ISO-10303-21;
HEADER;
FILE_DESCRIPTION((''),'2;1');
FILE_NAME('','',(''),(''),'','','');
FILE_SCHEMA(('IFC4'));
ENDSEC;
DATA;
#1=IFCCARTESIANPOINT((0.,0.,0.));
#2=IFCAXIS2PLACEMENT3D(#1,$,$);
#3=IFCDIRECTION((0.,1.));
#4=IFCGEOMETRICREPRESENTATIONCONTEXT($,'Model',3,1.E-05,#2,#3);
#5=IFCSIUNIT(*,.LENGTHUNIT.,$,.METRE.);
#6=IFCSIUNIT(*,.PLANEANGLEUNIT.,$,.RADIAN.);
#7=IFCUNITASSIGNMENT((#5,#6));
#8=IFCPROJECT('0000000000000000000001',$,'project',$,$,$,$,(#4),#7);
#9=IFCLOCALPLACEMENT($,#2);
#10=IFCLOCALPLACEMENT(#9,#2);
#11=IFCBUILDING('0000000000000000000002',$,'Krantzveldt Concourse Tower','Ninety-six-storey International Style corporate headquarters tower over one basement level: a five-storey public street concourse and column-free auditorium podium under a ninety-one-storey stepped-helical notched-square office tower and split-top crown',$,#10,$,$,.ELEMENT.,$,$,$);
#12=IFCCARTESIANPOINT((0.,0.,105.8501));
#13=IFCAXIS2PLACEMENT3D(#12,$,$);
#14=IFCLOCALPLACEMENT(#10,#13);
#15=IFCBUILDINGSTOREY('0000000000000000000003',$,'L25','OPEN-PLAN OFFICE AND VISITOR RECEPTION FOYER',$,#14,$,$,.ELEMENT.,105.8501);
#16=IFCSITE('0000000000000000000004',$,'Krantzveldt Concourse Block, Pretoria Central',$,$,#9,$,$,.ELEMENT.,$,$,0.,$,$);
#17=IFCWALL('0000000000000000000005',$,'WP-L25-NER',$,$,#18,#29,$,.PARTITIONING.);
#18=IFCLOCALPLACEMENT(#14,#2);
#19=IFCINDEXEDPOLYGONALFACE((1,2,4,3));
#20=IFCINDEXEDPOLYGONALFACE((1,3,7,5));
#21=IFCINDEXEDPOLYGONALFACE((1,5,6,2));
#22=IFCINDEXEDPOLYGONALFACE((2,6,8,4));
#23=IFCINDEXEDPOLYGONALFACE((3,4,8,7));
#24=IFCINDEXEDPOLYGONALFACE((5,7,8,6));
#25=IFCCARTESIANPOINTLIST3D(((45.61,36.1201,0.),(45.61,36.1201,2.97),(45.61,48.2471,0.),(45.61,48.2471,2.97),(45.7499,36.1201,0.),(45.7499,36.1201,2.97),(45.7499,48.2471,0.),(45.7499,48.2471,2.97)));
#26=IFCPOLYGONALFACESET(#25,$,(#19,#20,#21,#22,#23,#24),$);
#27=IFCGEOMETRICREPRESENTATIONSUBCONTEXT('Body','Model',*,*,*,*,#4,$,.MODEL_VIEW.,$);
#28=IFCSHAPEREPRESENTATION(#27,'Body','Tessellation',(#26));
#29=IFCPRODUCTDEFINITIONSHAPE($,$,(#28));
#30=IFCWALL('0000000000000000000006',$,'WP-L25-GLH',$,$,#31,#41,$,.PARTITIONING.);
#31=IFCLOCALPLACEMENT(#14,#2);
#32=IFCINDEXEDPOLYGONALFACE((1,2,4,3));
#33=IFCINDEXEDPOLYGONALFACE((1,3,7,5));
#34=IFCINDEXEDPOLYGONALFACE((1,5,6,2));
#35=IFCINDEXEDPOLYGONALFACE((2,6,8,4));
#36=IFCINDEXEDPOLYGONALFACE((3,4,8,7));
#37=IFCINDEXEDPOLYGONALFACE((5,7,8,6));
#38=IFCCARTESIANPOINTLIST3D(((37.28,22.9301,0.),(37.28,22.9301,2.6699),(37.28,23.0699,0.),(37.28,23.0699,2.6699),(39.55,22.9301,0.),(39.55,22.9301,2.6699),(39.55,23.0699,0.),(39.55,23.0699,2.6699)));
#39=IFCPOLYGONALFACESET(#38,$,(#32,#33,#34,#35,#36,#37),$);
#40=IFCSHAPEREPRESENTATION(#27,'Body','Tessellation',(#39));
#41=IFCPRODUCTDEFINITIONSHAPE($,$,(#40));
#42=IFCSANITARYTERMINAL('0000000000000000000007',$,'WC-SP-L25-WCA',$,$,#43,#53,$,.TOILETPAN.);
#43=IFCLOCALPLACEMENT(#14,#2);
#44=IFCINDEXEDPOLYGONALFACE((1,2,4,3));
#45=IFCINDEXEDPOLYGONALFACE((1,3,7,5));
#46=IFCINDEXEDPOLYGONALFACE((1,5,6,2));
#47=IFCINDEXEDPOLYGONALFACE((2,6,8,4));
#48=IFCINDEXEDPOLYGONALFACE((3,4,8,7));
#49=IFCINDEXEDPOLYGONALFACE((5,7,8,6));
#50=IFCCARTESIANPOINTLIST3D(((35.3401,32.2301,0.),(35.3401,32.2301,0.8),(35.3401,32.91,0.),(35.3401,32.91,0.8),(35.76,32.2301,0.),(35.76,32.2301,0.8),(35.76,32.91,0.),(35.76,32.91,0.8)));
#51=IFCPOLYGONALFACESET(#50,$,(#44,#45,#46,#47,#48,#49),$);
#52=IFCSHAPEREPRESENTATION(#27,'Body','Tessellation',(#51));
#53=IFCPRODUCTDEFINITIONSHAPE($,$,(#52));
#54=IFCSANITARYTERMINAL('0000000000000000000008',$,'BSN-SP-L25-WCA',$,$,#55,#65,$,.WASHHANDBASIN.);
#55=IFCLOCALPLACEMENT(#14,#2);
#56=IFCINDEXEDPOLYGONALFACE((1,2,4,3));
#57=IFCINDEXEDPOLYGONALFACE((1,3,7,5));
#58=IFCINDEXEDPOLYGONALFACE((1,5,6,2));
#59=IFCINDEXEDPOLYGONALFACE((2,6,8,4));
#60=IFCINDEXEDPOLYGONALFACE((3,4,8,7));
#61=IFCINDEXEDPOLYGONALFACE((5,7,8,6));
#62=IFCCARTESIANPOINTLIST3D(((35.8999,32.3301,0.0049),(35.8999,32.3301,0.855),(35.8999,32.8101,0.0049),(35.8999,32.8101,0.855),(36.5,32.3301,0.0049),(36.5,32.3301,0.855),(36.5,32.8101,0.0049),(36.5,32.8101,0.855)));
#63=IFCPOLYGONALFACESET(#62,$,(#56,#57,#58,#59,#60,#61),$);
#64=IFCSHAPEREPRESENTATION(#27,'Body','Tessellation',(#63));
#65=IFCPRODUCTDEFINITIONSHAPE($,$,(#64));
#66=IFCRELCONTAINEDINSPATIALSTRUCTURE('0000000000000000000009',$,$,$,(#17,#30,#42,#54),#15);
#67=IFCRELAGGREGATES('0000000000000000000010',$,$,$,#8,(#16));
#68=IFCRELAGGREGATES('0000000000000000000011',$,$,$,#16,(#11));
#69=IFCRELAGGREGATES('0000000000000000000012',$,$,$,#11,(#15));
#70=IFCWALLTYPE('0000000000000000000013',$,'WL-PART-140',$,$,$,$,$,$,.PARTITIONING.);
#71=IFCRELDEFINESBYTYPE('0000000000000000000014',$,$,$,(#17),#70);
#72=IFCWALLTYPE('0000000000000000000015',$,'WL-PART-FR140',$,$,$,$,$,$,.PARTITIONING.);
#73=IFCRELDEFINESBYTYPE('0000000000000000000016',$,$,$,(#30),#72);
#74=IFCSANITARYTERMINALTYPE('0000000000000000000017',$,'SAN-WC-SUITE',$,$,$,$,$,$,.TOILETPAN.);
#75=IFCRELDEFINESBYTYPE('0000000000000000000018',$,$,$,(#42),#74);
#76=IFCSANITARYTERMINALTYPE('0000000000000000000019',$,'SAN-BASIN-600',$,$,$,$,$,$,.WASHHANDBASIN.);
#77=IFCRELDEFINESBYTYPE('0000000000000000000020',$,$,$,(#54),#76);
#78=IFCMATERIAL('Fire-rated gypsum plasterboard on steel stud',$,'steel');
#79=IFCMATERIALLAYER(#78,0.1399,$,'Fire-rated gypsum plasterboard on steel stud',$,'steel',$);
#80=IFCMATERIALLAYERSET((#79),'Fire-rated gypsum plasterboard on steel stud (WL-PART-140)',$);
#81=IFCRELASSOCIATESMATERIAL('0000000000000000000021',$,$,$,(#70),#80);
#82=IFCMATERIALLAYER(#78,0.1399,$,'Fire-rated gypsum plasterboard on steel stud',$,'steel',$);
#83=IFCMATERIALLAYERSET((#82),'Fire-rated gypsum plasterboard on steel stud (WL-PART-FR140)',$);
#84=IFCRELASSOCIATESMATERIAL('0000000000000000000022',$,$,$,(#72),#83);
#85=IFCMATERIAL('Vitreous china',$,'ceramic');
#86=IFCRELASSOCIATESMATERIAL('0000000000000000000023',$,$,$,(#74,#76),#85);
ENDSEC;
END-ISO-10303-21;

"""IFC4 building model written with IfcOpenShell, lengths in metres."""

from ifc_helpers import new_model, si_unit, direction, frame, frame_2d, origin, origin_2d, place, context, subcontext, project, spatial, rectangle, extrude, source, transform, mapped, material, layer, layer_set, type_object, type_shapes, element, save


model = new_model("IFC4")

# Units and contexts
model_context = context("Model", 3, precision=1e-05, world=origin(), true_north=direction((0.0, 1.0)))
body_context = subcontext(model_context, "Body", "Model", "MODEL_VIEW")
ifc_project = project(units=[si_unit("LENGTHUNIT", "METRE"), si_unit("PLANEANGLEUNIT", "RADIAN")], contexts=[model_context])

# Site, building, storey
site_placement = place(None, origin())
site = spatial("IfcSite", under=ifc_project, at=site_placement, Name="Krantzveldt Concourse Block, Pretoria Central", CompositionType="ELEMENT", RefElevation=0.0)
building_placement = place(site_placement, origin())
building = spatial("IfcBuilding", under=site, at=building_placement, Name="Krantzveldt Concourse Tower", Description="Ninety-six-storey International Style corporate headquarters tower over one basement level: a five-storey public street concourse and column-free auditorium podium under a ninety-one-storey stepped-helical notched-square office tower and split-top crown", CompositionType="ELEMENT")
storey_placement = place(building_placement, frame((0.0, 0.0, 105.8501)))
storey = spatial("IfcBuildingStorey", under=building, at=storey_placement, Name="L25", Description="OPEN-PLAN OFFICE AND VISITOR RECEPTION FOYER", CompositionType="ELEMENT", Elevation=105.8501)

# Walls
ifc_material_1 = material(Name="Fire-rated gypsum plasterboard on steel stud", Category="steel")
ifc_layer_1 = layer(ifc_material_1, 0.1399, Name="Fire-rated gypsum plasterboard on steel stud", Category="steel")
ifc_layer_set_1 = layer_set([ifc_layer_1], Name="Fire-rated gypsum plasterboard on steel stud (WL-PART-140)")
wall_type_1 = type_object("IfcWallType", Name="WL-PART-140", PredefinedType="PARTITIONING", material=ifc_layer_set_1)
wall_1_placement = place(storey_placement, frame((45.6799, 36.1201, 0.0), z_axis=(0.0, 0.0, 1.0), x_axis=(0.0, 1.0, 0.0)))
element("IfcWall", 1, at=wall_1_placement, inside=storey, type_object=wall_type_1, Name="WP-L25-NER", PredefinedType="PARTITIONING", context=body_context, shape_type="SweptSolid", body=[
    extrude(rectangle(XDim=12.127, YDim=0.1399, at=frame_2d((6.0635, 0.0))), origin(), (0.0, 0.0, 1.0), 2.97),
])
ifc_layer_2 = layer(ifc_material_1, 0.1399, Name="Fire-rated gypsum plasterboard on steel stud", Category="steel")
ifc_layer_set_2 = layer_set([ifc_layer_2], Name="Fire-rated gypsum plasterboard on steel stud (WL-PART-FR140)")
wall_type_2 = type_object("IfcWallType", Name="WL-PART-FR140", PredefinedType="PARTITIONING", material=ifc_layer_set_2)
wall_2_placement = place(storey_placement, frame((37.28, 23.0, 0.0), z_axis=(0.0, 0.0, 1.0), x_axis=(1.0, 0.0, 0.0)))
element("IfcWall", 2, at=wall_2_placement, inside=storey, type_object=wall_type_2, Name="WP-L25-GLH", PredefinedType="PARTITIONING", context=body_context, shape_type="SweptSolid", body=[
    extrude(rectangle(XDim=2.27, YDim=0.1399, at=frame_2d((1.135, 0.0))), origin(), (0.0, 0.0, 1.0), 2.6699),
])

# Sanitary terminals
ifc_material_2 = material(Name="Vitreous china", Category="ceramic")
sanitary_terminal_type_1 = type_object("IfcSanitaryTerminalType", Name="SAN-WC-SUITE", PredefinedType="TOILETPAN", material=ifc_material_2)
shared_shape_1 = source(origin(), body_context, "Body", "SweptSolid", [
    extrude(rectangle(XDim=0.4199, YDim=0.6799, at=origin_2d()), origin(), (0.0, 0.0, 1.0), 0.8),
])
type_shapes(sanitary_terminal_type_1, [shared_shape_1])
sanitary_terminal_1_placement = place(storey_placement, frame((35.55, 32.5701, 0.0), z_axis=(0.0, 0.0, 1.0), x_axis=(1.0, 0.0, 0.0)))
element("IfcSanitaryTerminal", 3, at=sanitary_terminal_1_placement, inside=storey, type_object=sanitary_terminal_type_1, Name="WC-SP-L25-WCA", PredefinedType="TOILETPAN", context=body_context, shape_type="MappedRepresentation", body=[
    mapped(shared_shape_1, transform((0.0, 0.0, 0.0), x_axis=(1.0, 0.0, 0.0), y_axis=(0.0, 1.0, 0.0), z_axis=(0.0, 0.0, 1.0), scale=1.0)),
])
sanitary_terminal_type_2 = type_object("IfcSanitaryTerminalType", Name="SAN-BASIN-600", PredefinedType="WASHHANDBASIN", material=ifc_material_2)
shared_shape_2 = source(origin(), body_context, "Body", "SweptSolid", [
    extrude(rectangle(XDim=0.6001, YDim=0.48, at=origin_2d()), origin(), (0.0, 0.0, 1.0), 0.8501),
])
type_shapes(sanitary_terminal_type_2, [shared_shape_2])
sanitary_terminal_2_placement = place(storey_placement, frame((36.2, 32.5701, 0.0049), z_axis=(0.0, 0.0, 1.0), x_axis=(1.0, 0.0, 0.0)))
element("IfcSanitaryTerminal", 4, at=sanitary_terminal_2_placement, inside=storey, type_object=sanitary_terminal_type_2, Name="BSN-SP-L25-WCA", PredefinedType="WASHHANDBASIN", context=body_context, shape_type="MappedRepresentation", body=[
    mapped(shared_shape_2, transform((0.0, 0.0, 0.0), x_axis=(1.0, 0.0, 0.0), y_axis=(0.0, 1.0, 0.0), z_axis=(0.0, 0.0, 1.0), scale=1.0)),
])

save(model, "model.ifc")
